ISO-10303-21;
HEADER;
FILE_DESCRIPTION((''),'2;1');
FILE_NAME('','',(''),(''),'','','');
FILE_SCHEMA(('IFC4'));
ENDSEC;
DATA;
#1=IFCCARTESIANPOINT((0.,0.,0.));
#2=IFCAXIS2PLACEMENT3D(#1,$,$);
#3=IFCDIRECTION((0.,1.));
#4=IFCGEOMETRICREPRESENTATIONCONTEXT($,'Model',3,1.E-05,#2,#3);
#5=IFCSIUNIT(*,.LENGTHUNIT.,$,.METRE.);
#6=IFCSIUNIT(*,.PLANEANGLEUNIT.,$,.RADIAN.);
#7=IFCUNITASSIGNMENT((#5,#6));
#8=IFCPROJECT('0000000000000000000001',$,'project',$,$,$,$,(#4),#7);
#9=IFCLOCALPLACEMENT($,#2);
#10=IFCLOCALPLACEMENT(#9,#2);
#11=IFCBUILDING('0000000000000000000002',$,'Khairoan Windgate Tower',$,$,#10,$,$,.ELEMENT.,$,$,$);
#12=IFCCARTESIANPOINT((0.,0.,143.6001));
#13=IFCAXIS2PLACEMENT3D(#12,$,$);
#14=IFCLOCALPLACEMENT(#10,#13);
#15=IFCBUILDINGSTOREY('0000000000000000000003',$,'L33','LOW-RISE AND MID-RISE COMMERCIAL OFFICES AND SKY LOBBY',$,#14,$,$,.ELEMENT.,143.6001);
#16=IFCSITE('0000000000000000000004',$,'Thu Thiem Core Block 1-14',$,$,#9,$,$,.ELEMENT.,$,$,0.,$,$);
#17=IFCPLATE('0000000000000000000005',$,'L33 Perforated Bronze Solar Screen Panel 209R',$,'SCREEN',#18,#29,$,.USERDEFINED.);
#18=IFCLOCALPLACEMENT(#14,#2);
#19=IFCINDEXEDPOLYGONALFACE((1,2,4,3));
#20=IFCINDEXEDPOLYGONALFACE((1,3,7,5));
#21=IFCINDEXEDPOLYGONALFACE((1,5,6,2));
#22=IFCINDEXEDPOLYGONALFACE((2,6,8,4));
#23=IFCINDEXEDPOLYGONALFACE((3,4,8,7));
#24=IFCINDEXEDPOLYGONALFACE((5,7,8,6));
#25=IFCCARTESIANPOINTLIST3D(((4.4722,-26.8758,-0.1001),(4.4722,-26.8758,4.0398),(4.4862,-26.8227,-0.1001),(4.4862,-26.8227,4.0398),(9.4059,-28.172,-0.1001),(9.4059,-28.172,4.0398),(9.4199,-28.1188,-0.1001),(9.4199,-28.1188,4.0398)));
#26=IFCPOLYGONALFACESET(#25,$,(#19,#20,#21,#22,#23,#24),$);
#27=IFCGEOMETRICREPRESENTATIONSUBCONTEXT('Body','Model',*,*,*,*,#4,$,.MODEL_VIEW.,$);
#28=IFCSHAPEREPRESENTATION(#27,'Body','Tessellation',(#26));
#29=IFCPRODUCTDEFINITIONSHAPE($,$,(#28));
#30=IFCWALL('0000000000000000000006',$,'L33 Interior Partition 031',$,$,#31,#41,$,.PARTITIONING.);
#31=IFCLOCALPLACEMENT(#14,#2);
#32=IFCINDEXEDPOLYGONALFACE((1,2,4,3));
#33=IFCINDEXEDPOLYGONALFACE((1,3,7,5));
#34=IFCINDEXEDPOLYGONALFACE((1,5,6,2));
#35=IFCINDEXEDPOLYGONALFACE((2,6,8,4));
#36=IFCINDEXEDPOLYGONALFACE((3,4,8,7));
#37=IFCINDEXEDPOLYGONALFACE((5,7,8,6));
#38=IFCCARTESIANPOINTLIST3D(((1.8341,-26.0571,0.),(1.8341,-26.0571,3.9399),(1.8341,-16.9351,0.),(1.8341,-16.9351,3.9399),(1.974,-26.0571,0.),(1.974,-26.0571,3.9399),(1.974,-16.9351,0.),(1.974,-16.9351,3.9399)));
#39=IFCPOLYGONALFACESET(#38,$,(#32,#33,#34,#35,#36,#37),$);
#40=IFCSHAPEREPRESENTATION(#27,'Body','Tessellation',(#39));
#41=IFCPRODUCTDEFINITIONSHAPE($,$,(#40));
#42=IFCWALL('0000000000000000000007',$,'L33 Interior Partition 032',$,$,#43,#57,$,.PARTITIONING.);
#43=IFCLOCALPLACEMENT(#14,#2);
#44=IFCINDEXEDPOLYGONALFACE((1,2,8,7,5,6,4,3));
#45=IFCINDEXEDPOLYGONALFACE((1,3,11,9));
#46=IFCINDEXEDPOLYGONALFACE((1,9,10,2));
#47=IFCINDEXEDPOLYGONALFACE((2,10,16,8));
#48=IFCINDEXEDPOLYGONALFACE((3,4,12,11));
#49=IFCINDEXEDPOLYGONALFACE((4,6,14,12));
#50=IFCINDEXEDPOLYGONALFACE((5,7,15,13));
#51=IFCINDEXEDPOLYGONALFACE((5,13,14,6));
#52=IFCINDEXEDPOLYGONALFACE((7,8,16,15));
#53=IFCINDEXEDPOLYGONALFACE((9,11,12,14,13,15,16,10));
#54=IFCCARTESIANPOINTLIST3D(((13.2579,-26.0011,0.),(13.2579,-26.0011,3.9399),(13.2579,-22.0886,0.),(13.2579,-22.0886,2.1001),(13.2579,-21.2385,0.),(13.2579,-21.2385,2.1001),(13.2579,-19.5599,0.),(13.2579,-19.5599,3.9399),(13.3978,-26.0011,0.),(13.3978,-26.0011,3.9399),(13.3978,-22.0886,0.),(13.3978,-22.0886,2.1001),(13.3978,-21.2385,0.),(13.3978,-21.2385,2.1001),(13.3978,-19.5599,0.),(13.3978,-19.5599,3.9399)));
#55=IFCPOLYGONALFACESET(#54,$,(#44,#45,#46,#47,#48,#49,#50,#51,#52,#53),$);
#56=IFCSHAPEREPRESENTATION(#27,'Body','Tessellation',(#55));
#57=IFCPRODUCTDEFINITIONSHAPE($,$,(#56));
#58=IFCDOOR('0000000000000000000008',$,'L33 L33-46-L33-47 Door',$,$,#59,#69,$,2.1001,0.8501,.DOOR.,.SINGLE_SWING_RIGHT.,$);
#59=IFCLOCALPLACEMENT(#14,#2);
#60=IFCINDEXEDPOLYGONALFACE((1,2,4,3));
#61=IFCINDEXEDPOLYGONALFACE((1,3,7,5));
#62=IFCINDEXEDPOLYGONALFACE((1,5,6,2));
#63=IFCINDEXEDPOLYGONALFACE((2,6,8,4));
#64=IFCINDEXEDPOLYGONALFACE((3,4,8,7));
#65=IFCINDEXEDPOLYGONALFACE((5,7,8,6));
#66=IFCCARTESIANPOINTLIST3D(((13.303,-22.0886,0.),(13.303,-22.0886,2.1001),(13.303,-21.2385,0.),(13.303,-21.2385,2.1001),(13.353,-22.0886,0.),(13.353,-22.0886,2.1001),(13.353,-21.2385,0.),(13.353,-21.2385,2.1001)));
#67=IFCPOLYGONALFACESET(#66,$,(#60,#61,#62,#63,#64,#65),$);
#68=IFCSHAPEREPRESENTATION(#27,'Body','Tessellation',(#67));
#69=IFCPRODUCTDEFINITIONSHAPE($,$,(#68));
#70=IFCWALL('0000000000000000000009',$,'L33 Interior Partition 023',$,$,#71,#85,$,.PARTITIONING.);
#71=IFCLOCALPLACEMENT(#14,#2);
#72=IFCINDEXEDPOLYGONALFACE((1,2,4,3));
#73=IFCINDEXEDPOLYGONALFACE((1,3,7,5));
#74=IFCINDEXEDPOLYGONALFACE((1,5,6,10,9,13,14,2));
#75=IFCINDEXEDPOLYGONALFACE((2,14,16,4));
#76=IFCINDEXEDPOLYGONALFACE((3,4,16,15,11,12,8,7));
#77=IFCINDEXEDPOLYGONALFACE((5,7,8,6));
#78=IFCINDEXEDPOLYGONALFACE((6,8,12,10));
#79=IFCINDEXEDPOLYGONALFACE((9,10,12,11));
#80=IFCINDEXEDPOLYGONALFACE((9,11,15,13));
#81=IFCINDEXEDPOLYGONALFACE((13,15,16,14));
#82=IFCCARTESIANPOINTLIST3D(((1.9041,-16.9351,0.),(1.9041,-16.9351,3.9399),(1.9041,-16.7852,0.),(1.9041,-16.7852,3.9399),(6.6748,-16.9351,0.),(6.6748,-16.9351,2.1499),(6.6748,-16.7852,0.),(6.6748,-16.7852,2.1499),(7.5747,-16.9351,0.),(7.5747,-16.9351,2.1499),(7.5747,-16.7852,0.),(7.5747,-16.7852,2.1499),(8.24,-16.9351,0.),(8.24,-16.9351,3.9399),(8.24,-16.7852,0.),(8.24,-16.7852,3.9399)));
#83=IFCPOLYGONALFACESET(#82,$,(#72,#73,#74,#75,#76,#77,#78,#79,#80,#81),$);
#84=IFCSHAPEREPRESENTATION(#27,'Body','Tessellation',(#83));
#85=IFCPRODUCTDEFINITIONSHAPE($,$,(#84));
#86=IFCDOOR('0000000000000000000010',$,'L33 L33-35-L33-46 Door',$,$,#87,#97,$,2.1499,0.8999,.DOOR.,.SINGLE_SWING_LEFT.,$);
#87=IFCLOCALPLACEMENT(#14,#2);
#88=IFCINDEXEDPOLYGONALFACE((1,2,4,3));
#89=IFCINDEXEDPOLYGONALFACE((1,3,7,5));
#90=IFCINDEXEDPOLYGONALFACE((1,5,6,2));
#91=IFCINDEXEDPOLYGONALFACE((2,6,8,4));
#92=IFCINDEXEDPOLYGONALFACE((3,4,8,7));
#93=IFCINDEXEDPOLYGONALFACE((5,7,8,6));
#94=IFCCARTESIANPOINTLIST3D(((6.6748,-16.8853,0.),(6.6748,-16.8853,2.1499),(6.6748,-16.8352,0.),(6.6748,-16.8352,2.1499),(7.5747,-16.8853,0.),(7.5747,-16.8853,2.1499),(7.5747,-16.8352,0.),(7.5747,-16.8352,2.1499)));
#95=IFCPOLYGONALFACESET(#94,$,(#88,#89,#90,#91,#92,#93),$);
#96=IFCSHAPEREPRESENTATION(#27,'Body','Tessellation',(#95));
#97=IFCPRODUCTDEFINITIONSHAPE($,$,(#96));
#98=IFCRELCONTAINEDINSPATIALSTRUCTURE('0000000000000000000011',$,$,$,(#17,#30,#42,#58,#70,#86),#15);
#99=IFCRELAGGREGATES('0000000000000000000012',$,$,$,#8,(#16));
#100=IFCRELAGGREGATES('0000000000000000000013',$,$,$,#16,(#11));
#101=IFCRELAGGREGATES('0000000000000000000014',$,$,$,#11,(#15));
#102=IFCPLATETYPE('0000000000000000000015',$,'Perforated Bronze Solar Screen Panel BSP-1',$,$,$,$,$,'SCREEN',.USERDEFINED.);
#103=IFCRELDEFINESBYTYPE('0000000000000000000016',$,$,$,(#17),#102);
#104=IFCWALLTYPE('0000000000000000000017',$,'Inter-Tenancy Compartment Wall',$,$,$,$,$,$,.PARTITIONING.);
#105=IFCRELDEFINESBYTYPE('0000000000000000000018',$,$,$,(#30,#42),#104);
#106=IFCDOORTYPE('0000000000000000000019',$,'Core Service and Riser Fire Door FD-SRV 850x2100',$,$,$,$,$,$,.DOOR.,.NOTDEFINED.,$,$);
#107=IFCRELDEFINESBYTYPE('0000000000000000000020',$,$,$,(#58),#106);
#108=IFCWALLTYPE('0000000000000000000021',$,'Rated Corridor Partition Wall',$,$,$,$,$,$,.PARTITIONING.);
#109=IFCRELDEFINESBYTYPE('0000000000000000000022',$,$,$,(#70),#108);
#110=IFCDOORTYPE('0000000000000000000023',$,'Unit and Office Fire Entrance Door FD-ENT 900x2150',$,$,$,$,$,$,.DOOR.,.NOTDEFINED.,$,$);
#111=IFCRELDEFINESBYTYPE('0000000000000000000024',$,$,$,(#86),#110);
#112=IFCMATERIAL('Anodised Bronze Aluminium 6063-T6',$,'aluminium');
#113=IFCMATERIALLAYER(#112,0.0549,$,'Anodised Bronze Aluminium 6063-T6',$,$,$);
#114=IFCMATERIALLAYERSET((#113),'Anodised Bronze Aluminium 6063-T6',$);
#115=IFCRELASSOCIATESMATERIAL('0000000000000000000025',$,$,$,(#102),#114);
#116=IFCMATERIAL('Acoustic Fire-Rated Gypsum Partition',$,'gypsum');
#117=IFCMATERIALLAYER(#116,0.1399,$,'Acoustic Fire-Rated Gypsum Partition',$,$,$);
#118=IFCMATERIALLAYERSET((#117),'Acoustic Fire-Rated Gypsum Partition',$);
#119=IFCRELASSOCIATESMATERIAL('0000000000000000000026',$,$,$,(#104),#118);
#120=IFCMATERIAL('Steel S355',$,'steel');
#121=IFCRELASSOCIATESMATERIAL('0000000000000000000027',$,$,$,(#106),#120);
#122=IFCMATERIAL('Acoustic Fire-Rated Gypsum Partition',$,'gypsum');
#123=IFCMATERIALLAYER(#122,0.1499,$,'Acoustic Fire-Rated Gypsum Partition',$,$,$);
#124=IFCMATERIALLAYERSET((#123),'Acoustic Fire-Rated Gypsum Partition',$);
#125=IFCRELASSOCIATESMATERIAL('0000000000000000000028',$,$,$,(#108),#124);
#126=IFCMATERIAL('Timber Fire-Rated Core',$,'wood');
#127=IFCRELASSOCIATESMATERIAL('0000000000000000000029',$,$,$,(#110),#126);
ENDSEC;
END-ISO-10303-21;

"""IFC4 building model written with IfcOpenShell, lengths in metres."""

from ifc_helpers import new_model, si_unit, direction, frame, frame_2d, origin, origin_2d, place, context, subcontext, project, spatial, rectangle, extrude, material, layer, layer_set, type_object, element, fill, save


model = new_model("IFC4")

# Units and contexts
model_context = context("Model", 3, precision=1e-05, world=origin(), true_north=direction((0.0, 1.0)))
body_context = subcontext(model_context, "Body", "Model", "MODEL_VIEW")
ifc_project = project(units=[si_unit("LENGTHUNIT", "METRE"), si_unit("PLANEANGLEUNIT", "RADIAN")], contexts=[model_context])

# Site, building, storey
site_placement = place(None, origin())
site = spatial("IfcSite", under=ifc_project, at=site_placement, Name="Thu Thiem Core Block 1-14", CompositionType="ELEMENT", RefElevation=0.0)
building_placement = place(site_placement, origin())
building = spatial("IfcBuilding", under=site, at=building_placement, Name="Khairoan Windgate Tower", CompositionType="ELEMENT")
storey_placement = place(building_placement, frame((0.0, 0.0, 143.6001)))
storey = spatial("IfcBuildingStorey", under=building, at=storey_placement, Name="L33", Description="LOW-RISE AND MID-RISE COMMERCIAL OFFICES AND SKY LOBBY", CompositionType="ELEMENT", Elevation=143.6001)

# Plate
ifc_material_1 = material(Name="Anodised Bronze Aluminium 6063-T6", Category="aluminium")
ifc_layer_1 = layer(ifc_material_1, 0.0549, Name="Anodised Bronze Aluminium 6063-T6")
ifc_layer_set_1 = layer_set([ifc_layer_1], Name="Anodised Bronze Aluminium 6063-T6")
plate_type = type_object("IfcPlateType", Name="Perforated Bronze Solar Screen Panel BSP-1", ElementType="SCREEN", PredefinedType="USERDEFINED", material=ifc_layer_set_1)
plate_placement = place(storey_placement, frame((6.946, -27.4973, -0.1001), z_axis=(0.0, 0.0, 1.0), x_axis=(-0.967179, 0.254096, 0.0)))
element("IfcPlate", 1, at=plate_placement, inside=storey, type_object=plate_type, Name="L33 Perforated Bronze Solar Screen Panel 209R", ObjectType="SCREEN", PredefinedType="USERDEFINED", context=body_context, shape_type="SweptSolid", body=[
    extrude(rectangle(XDim=5.1011, YDim=0.0549, at=origin_2d()), origin(), (0.0, 0.0, 1.0), 4.1399),
])

# Wall
ifc_material_2 = material(Name="Acoustic Fire-Rated Gypsum Partition", Category="gypsum")
ifc_layer_2 = layer(ifc_material_2, 0.1399, Name="Acoustic Fire-Rated Gypsum Partition")
ifc_layer_set_2 = layer_set([ifc_layer_2], Name="Acoustic Fire-Rated Gypsum Partition")
wall_type_1 = type_object("IfcWallType", Name="Inter-Tenancy Compartment Wall", PredefinedType="PARTITIONING", material=ifc_layer_set_2)
wall_1_placement = place(storey_placement, frame((1.9041, -26.0571, 0.0), z_axis=(0.0, 0.0, 1.0), x_axis=(0.0, 1.0, 0.0)))
element("IfcWall", 2, at=wall_1_placement, inside=storey, type_object=wall_type_1, Name="L33 Interior Partition 031", PredefinedType="PARTITIONING", context=body_context, shape_type="SweptSolid", body=[
    extrude(rectangle(XDim=9.1221, YDim=0.1399, at=frame_2d((4.561, 0.0))), origin(), (0.0, 0.0, 1.0), 3.9399),
])

# Walls, openings, doors
wall_2_placement = place(storey_placement, frame((13.3279, -26.0012, 0.0), z_axis=(0.0, 0.0, 1.0), x_axis=(0.0, 1.0, 0.0)))
wall_2 = element("IfcWall", 3, at=wall_2_placement, inside=storey, type_object=wall_type_1, Name="L33 Interior Partition 032", PredefinedType="PARTITIONING", context=body_context, shape_type="SweptSolid", body=[
    extrude(rectangle(XDim=6.4412, YDim=0.1399, at=frame_2d((3.2207, 0.0))), origin(), (0.0, 0.0, 1.0), 3.9399),
])
opening_1_placement = place(wall_2_placement, frame((3.9126, 0.0, 0.0)))
opening_1 = element("IfcOpeningElement", 4, at=opening_1_placement, cuts=wall_2, PredefinedType="OPENING", context=body_context, shape_type="SweptSolid", body=[
    extrude(rectangle(XDim=0.8501, YDim=2.1001, at=frame_2d((0.425, 1.05))), frame((0.0, 0.0798, 0.0), z_axis=(0.0, -1.0, 0.0), x_axis=(1.0, 0.0, 0.0)), (0.0, 0.0, 1.0), 0.1599),
])
ifc_material_3 = material(Name="Steel S355", Category="steel")
door_type_1 = type_object("IfcDoorType", Name="Core Service and Riser Fire Door FD-SRV 850x2100", OperationType="NOTDEFINED", PredefinedType="DOOR", material=ifc_material_3)
door_1_placement = place(opening_1_placement, origin())
door_1 = element("IfcDoor", 5, at=door_1_placement, inside=storey, type_object=door_type_1, Name="L33 L33-46-L33-47 Door", OperationType="SINGLE_SWING_RIGHT", OverallHeight=2.1001, OverallWidth=0.8501, PredefinedType="DOOR", context=body_context, shape_type="SweptSolid", body=[
    extrude(rectangle(XDim=0.8501, YDim=2.1001, at=frame_2d((0.425, 1.05))), frame((0.0, 0.0249, 0.0), z_axis=(0.0, -1.0, 0.0), x_axis=(1.0, 0.0, 0.0)), (0.0, 0.0, 1.0), 0.05),
])
fill(opening_1, door_1)
ifc_material_4 = material(Name="Acoustic Fire-Rated Gypsum Partition", Category="gypsum")
ifc_layer_3 = layer(ifc_material_4, 0.1499, Name="Acoustic Fire-Rated Gypsum Partition")
ifc_layer_set_3 = layer_set([ifc_layer_3], Name="Acoustic Fire-Rated Gypsum Partition")
wall_type_2 = type_object("IfcWallType", Name="Rated Corridor Partition Wall", PredefinedType="PARTITIONING", material=ifc_layer_set_3)
wall_3_placement = place(storey_placement, frame((1.9041, -16.8601, 0.0), z_axis=(0.0, 0.0, 1.0), x_axis=(1.0, 0.0, 0.0)))
wall_3 = element("IfcWall", 6, at=wall_3_placement, inside=storey, type_object=wall_type_2, Name="L33 Interior Partition 023", PredefinedType="PARTITIONING", context=body_context, shape_type="SweptSolid", body=[
    extrude(rectangle(XDim=6.3359, YDim=0.1499, at=frame_2d((3.168, 0.0))), origin(), (0.0, 0.0, 1.0), 3.9399),
])
opening_2_placement = place(wall_3_placement, frame((4.7708, 0.0, 0.0)))
opening_2 = element("IfcOpeningElement", 7, at=opening_2_placement, cuts=wall_3, PredefinedType="OPENING", context=body_context, shape_type="SweptSolid", body=[
    extrude(rectangle(XDim=0.8999, YDim=2.1499, at=frame_2d((0.45, 1.075))), frame((0.0, 0.085, 0.0), z_axis=(0.0, -1.0, 0.0), x_axis=(1.0, 0.0, 0.0)), (0.0, 0.0, 1.0), 0.1699),
])
ifc_material_5 = material(Name="Timber Fire-Rated Core", Category="wood")
door_type_2 = type_object("IfcDoorType", Name="Unit and Office Fire Entrance Door FD-ENT 900x2150", OperationType="NOTDEFINED", PredefinedType="DOOR", material=ifc_material_5)
door_2_placement = place(opening_2_placement, origin())
door_2 = element("IfcDoor", 8, at=door_2_placement, inside=storey, type_object=door_type_2, Name="L33 L33-35-L33-46 Door", OperationType="SINGLE_SWING_LEFT", OverallHeight=2.1499, OverallWidth=0.8999, PredefinedType="DOOR", context=body_context, shape_type="SweptSolid", body=[
    extrude(rectangle(XDim=0.8999, YDim=2.1499, at=frame_2d((0.45, 1.075))), frame((0.0, 0.0249, 0.0), z_axis=(0.0, -1.0, 0.0), x_axis=(1.0, 0.0, 0.0)), (0.0, 0.0, 1.0), 0.05),
])
fill(opening_2, door_2)

save(model, "model.ifc")
